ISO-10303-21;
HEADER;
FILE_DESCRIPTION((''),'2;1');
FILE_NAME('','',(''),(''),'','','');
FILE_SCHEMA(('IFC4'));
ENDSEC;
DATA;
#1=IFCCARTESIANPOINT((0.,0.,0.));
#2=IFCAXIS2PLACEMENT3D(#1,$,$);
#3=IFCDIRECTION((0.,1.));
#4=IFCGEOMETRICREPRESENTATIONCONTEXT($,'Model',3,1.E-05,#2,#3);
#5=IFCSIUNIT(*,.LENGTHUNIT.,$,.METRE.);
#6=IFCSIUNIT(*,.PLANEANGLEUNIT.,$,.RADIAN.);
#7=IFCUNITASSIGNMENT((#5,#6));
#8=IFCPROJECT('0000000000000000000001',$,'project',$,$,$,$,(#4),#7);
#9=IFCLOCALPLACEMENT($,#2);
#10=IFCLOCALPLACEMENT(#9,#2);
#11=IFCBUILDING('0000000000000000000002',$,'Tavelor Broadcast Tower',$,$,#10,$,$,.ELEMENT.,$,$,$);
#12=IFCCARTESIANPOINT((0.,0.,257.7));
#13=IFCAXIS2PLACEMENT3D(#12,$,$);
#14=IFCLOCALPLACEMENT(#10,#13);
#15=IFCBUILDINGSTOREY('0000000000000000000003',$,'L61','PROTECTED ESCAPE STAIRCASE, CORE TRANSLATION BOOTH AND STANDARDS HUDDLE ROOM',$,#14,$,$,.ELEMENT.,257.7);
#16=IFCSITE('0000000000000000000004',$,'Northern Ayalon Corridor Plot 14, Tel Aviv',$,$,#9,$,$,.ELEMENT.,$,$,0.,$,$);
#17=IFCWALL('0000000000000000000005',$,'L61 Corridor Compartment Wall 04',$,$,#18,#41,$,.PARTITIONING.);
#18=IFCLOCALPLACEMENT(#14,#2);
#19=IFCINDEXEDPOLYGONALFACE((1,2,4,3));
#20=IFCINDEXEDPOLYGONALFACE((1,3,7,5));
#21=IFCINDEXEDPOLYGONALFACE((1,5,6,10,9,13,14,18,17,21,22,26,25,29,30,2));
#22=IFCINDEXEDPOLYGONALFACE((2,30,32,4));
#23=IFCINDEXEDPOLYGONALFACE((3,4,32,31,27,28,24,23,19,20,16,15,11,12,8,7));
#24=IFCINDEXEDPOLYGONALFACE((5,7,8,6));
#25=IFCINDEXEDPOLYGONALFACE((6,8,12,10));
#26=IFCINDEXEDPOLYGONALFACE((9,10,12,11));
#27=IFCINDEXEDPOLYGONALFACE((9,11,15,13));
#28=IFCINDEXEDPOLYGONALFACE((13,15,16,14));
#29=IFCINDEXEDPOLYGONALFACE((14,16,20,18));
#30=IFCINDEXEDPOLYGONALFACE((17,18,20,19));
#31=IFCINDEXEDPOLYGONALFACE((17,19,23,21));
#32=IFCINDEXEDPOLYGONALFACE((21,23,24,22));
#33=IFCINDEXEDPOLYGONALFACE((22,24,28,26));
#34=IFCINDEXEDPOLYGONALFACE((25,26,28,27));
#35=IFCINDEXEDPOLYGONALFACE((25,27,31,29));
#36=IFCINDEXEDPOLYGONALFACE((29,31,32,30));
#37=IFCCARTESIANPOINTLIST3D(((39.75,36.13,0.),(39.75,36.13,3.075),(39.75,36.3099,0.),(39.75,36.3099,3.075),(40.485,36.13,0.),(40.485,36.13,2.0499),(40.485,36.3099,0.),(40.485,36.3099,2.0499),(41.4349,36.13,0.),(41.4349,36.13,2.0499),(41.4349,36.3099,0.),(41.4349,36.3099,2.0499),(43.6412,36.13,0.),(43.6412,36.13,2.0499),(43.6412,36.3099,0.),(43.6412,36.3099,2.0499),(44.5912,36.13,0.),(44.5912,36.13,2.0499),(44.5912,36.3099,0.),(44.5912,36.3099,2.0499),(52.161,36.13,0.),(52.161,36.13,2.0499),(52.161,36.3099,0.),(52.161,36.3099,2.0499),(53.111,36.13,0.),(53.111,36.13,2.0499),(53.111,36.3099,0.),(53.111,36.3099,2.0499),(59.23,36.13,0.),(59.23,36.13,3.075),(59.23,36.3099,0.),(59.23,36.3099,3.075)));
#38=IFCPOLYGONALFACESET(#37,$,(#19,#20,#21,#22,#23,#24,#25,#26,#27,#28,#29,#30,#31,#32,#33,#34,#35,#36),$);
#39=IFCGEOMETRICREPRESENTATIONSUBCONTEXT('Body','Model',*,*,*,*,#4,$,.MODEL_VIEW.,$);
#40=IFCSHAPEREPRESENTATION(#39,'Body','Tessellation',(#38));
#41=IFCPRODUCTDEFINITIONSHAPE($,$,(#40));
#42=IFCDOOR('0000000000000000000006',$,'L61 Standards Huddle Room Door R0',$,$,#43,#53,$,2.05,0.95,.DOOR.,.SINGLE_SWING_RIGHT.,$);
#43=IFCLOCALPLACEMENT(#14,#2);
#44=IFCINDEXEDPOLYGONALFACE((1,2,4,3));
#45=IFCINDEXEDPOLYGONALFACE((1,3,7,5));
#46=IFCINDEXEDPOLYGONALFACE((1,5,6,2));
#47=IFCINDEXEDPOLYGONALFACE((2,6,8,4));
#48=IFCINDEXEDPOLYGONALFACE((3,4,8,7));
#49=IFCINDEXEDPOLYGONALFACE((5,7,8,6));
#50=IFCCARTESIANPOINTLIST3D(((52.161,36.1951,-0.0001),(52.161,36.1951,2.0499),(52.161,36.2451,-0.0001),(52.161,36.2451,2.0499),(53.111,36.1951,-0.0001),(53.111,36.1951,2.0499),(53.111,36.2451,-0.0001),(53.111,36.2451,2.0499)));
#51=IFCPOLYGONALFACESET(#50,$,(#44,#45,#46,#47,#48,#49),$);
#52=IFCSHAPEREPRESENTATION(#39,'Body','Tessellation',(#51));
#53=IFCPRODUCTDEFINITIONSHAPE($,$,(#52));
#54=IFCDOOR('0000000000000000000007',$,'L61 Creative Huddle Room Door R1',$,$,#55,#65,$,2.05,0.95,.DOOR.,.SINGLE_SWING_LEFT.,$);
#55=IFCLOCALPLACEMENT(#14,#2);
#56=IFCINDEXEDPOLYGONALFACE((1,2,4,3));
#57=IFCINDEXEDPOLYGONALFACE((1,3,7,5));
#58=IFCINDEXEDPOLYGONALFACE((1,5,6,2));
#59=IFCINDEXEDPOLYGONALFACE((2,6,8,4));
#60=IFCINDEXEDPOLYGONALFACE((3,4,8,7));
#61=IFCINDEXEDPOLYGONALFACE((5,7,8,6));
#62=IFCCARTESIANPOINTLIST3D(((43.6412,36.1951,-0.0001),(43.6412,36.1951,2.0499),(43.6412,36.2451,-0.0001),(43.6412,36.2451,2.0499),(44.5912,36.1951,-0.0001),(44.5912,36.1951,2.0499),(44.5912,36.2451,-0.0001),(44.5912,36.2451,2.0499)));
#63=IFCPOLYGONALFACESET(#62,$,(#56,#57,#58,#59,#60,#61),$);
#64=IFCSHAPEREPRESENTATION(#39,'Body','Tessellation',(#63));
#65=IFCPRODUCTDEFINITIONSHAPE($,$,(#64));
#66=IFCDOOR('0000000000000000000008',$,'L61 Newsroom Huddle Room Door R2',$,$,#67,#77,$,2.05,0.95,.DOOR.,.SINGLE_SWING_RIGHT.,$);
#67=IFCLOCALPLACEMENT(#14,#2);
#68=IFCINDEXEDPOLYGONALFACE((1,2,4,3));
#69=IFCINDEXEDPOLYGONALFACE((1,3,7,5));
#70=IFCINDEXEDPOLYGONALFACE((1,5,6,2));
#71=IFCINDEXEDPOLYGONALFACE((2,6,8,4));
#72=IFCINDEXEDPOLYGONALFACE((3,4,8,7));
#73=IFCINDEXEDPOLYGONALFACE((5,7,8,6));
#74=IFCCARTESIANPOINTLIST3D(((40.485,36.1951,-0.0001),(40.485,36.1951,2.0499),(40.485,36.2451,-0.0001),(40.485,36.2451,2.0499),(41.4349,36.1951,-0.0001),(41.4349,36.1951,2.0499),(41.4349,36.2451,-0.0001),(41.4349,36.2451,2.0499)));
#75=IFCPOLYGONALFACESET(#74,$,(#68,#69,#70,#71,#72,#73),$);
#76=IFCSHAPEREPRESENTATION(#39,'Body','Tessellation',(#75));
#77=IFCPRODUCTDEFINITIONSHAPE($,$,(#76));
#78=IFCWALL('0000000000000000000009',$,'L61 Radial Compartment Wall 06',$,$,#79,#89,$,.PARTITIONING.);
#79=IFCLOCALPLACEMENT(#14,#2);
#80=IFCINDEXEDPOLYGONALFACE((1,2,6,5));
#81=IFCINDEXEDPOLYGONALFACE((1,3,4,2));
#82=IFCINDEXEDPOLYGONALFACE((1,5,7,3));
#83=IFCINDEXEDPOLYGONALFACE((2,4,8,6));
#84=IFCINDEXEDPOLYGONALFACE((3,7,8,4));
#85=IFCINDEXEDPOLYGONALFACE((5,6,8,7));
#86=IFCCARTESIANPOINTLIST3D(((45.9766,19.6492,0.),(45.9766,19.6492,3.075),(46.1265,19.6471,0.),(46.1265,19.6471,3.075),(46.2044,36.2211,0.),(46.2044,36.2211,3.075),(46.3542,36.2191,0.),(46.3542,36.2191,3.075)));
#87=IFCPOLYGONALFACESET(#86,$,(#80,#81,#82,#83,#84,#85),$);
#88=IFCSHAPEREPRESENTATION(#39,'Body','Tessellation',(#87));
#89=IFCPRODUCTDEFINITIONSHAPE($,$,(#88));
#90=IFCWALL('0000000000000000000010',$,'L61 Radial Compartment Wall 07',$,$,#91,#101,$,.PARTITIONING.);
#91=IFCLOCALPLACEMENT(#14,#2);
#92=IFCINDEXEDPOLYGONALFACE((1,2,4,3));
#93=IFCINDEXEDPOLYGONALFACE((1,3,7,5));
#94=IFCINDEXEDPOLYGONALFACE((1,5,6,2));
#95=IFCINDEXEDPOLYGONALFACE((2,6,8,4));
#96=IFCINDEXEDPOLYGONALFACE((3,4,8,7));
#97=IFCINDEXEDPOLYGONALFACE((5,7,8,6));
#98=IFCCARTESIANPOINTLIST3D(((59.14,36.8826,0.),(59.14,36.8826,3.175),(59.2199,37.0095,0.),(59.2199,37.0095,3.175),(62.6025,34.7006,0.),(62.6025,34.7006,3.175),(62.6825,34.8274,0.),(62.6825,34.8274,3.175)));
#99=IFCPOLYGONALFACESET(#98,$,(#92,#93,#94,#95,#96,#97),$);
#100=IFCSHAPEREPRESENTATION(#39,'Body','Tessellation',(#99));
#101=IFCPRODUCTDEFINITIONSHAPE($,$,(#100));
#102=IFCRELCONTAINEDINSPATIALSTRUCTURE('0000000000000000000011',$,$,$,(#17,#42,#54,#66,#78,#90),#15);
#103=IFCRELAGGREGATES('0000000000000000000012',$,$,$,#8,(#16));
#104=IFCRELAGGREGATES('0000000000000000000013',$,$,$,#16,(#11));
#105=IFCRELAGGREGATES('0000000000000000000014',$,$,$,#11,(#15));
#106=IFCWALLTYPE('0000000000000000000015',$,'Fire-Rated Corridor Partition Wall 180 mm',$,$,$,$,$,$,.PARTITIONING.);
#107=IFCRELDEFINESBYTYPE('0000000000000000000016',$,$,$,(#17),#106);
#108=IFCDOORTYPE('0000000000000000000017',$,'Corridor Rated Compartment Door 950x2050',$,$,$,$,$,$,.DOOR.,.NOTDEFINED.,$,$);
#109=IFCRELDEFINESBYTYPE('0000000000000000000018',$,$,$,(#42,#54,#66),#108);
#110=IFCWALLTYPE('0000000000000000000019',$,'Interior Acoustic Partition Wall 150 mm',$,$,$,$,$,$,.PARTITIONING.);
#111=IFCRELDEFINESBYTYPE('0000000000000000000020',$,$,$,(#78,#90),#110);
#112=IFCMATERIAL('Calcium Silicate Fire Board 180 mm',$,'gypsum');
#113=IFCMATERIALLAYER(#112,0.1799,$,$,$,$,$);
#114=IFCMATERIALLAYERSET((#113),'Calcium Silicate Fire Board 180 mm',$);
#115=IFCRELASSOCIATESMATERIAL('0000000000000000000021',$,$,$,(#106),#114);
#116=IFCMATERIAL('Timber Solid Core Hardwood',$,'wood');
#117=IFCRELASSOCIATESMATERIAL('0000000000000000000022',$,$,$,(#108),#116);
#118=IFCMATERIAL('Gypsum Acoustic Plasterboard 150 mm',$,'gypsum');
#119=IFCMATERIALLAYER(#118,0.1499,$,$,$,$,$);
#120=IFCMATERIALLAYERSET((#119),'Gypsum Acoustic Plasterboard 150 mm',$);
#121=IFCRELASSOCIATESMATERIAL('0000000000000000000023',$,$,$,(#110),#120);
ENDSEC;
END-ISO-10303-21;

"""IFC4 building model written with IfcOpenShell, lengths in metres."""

from ifc_helpers import new_model, si_unit, direction, frame, frame_2d, origin, place, context, subcontext, project, spatial, rectangle, extrude, material, layer, layer_set, type_object, element, fill, save


model = new_model("IFC4")

# Units and contexts
model_context = context("Model", 3, precision=1e-05, world=origin(), true_north=direction((0.0, 1.0)))
body_context = subcontext(model_context, "Body", "Model", "MODEL_VIEW")
ifc_project = project(units=[si_unit("LENGTHUNIT", "METRE"), si_unit("PLANEANGLEUNIT", "RADIAN")], contexts=[model_context])

# Site, building, storey
site_placement = place(None, origin())
site = spatial("IfcSite", under=ifc_project, at=site_placement, Name="Northern Ayalon Corridor Plot 14, Tel Aviv", CompositionType="ELEMENT", RefElevation=0.0)
building_placement = place(site_placement, origin())
building = spatial("IfcBuilding", under=site, at=building_placement, Name="Tavelor Broadcast Tower", CompositionType="ELEMENT")
storey_placement = place(building_placement, frame((0.0, 0.0, 257.7)))
storey = spatial("IfcBuildingStorey", under=building, at=storey_placement, Name="L61", Description="PROTECTED ESCAPE STAIRCASE, CORE TRANSLATION BOOTH AND STANDARDS HUDDLE ROOM", CompositionType="ELEMENT", Elevation=257.7)

# Wall, openings, doors
ifc_material_1 = material(Name="Calcium Silicate Fire Board 180 mm", Category="gypsum")
ifc_layer_1 = layer(ifc_material_1, 0.1799)
ifc_layer_set_1 = layer_set([ifc_layer_1], Name="Calcium Silicate Fire Board 180 mm")
wall_type_1 = type_object("IfcWallType", Name="Fire-Rated Corridor Partition Wall 180 mm", PredefinedType="PARTITIONING", material=ifc_layer_set_1)
wall_1_placement = place(storey_placement, frame((59.23, 36.22, 0.0), z_axis=(0.0, 0.0, 1.0), x_axis=(-1.0, 0.0, 0.0)))
wall_1 = element("IfcWall", 1, at=wall_1_placement, inside=storey, type_object=wall_type_1, Name="L61 Corridor Compartment Wall 04", PredefinedType="PARTITIONING", context=body_context, shape_type="SweptSolid", body=[
    extrude(rectangle(XDim=19.48, YDim=0.1799, at=frame_2d((9.74, 0.0))), origin(), (0.0, 0.0, 1.0), 3.075),
])
opening_1_placement = place(wall_1_placement, frame((6.1189, 0.0, 0.0)))
opening_1 = element("IfcOpeningElement", 2, at=opening_1_placement, cuts=wall_1, PredefinedType="OPENING", context=body_context, shape_type="SweptSolid", body=[
    extrude(rectangle(XDim=0.95, YDim=2.05, at=frame_2d((0.4751, 1.0249))), frame((0.0, 0.1001, 0.0), z_axis=(0.0, -1.0, 0.0), x_axis=(1.0, 0.0, 0.0)), (0.0, 0.0, 1.0), 0.2),
])
opening_2_placement = place(wall_1_placement, frame((14.6387, 0.0, 0.0)))
opening_2 = element("IfcOpeningElement", 3, at=opening_2_placement, cuts=wall_1, PredefinedType="OPENING", context=body_context, shape_type="SweptSolid", body=[
    extrude(rectangle(XDim=0.95, YDim=2.05, at=frame_2d((0.4751, 1.0249))), frame((0.0, 0.1001, 0.0), z_axis=(0.0, -1.0, 0.0), x_axis=(1.0, 0.0, 0.0)), (0.0, 0.0, 1.0), 0.2),
])
opening_3_placement = place(wall_1_placement, frame((17.7949, 0.0, 0.0)))
opening_3 = element("IfcOpeningElement", 4, at=opening_3_placement, cuts=wall_1, PredefinedType="OPENING", context=body_context, shape_type="SweptSolid", body=[
    extrude(rectangle(XDim=0.95, YDim=2.05, at=frame_2d((0.4751, 1.0249))), frame((0.0, 0.1001, 0.0), z_axis=(0.0, -1.0, 0.0), x_axis=(1.0, 0.0, 0.0)), (0.0, 0.0, 1.0), 0.2),
])
ifc_material_2 = material(Name="Timber Solid Core Hardwood", Category="wood")
door_type = type_object("IfcDoorType", Name="Corridor Rated Compartment Door 950x2050", OperationType="NOTDEFINED", PredefinedType="DOOR", material=ifc_material_2)
door_1_placement = place(opening_1_placement, origin())
door_1 = element("IfcDoor", 5, at=door_1_placement, inside=storey, type_object=door_type, Name="L61 Standards Huddle Room Door R0", OperationType="SINGLE_SWING_RIGHT", OverallHeight=2.05, OverallWidth=0.95, PredefinedType="DOOR", context=body_context, shape_type="SweptSolid", body=[
    extrude(rectangle(XDim=0.95, YDim=2.05, at=frame_2d((0.4751, 1.0249))), frame((0.0, 0.0249, 0.0), z_axis=(0.0, -1.0, 0.0), x_axis=(1.0, 0.0, 0.0)), (0.0, 0.0, 1.0), 0.05),
])
fill(opening_1, door_1)
door_2_placement = place(opening_2_placement, origin())
door_2 = element("IfcDoor", 6, at=door_2_placement, inside=storey, type_object=door_type, Name="L61 Creative Huddle Room Door R1", OperationType="SINGLE_SWING_LEFT", OverallHeight=2.05, OverallWidth=0.95, PredefinedType="DOOR", context=body_context, shape_type="SweptSolid", body=[
    extrude(rectangle(XDim=0.95, YDim=2.05, at=frame_2d((0.4751, 1.0249))), frame((0.0, 0.0249, 0.0), z_axis=(0.0, -1.0, 0.0), x_axis=(1.0, 0.0, 0.0)), (0.0, 0.0, 1.0), 0.05),
])
fill(opening_2, door_2)
door_3_placement = place(opening_3_placement, origin())
door_3 = element("IfcDoor", 7, at=door_3_placement, inside=storey, type_object=door_type, Name="L61 Newsroom Huddle Room Door R2", OperationType="SINGLE_SWING_RIGHT", OverallHeight=2.05, OverallWidth=0.95, PredefinedType="DOOR", context=body_context, shape_type="SweptSolid", body=[
    extrude(rectangle(XDim=0.95, YDim=2.05, at=frame_2d((0.4751, 1.0249))), frame((0.0, 0.0249, 0.0), z_axis=(0.0, -1.0, 0.0), x_axis=(1.0, 0.0, 0.0)), (0.0, 0.0, 1.0), 0.05),
])
fill(opening_3, door_3)

# Walls
ifc_material_3 = material(Name="Gypsum Acoustic Plasterboard 150 mm", Category="gypsum")
ifc_layer_2 = layer(ifc_material_3, 0.1499)
ifc_layer_set_2 = layer_set([ifc_layer_2], Name="Gypsum Acoustic Plasterboard 150 mm")
wall_type_2 = type_object("IfcWallType", Name="Interior Acoustic Partition Wall 150 mm", PredefinedType="PARTITIONING", material=ifc_layer_set_2)
wall_2_placement = place(storey_placement, frame((46.2793, 36.22, 0.0), z_axis=(0.0, 0.0, 1.0), x_axis=(-0.013744, -0.999906, 0.0)))
element("IfcWall", 8, at=wall_2_placement, inside=storey, type_object=wall_type_2, Name="L61 Radial Compartment Wall 06", PredefinedType="PARTITIONING", context=body_context, shape_type="SweptSolid", body=[
    extrude(rectangle(XDim=16.5735, YDim=0.1499, at=frame_2d((8.2866, 0.0))), origin(), (0.0, 0.0, 1.0), 3.075),
])
wall_3_placement = place(storey_placement, frame((59.1799, 36.946, 0.0), z_axis=(0.0, 0.0, 1.0), x_axis=(0.846019, -0.533153, 0.0)))
element("IfcWall", 9, at=wall_3_placement, inside=storey, type_object=wall_type_2, Name="L61 Radial Compartment Wall 07", PredefinedType="PARTITIONING", context=body_context, shape_type="SweptSolid", body=[
    extrude(rectangle(XDim=4.0928, YDim=0.1499, at=frame_2d((2.0464, 0.0))), origin(), (0.0, 0.0, 1.0), 3.175),
])

save(model, "model.ifc")
